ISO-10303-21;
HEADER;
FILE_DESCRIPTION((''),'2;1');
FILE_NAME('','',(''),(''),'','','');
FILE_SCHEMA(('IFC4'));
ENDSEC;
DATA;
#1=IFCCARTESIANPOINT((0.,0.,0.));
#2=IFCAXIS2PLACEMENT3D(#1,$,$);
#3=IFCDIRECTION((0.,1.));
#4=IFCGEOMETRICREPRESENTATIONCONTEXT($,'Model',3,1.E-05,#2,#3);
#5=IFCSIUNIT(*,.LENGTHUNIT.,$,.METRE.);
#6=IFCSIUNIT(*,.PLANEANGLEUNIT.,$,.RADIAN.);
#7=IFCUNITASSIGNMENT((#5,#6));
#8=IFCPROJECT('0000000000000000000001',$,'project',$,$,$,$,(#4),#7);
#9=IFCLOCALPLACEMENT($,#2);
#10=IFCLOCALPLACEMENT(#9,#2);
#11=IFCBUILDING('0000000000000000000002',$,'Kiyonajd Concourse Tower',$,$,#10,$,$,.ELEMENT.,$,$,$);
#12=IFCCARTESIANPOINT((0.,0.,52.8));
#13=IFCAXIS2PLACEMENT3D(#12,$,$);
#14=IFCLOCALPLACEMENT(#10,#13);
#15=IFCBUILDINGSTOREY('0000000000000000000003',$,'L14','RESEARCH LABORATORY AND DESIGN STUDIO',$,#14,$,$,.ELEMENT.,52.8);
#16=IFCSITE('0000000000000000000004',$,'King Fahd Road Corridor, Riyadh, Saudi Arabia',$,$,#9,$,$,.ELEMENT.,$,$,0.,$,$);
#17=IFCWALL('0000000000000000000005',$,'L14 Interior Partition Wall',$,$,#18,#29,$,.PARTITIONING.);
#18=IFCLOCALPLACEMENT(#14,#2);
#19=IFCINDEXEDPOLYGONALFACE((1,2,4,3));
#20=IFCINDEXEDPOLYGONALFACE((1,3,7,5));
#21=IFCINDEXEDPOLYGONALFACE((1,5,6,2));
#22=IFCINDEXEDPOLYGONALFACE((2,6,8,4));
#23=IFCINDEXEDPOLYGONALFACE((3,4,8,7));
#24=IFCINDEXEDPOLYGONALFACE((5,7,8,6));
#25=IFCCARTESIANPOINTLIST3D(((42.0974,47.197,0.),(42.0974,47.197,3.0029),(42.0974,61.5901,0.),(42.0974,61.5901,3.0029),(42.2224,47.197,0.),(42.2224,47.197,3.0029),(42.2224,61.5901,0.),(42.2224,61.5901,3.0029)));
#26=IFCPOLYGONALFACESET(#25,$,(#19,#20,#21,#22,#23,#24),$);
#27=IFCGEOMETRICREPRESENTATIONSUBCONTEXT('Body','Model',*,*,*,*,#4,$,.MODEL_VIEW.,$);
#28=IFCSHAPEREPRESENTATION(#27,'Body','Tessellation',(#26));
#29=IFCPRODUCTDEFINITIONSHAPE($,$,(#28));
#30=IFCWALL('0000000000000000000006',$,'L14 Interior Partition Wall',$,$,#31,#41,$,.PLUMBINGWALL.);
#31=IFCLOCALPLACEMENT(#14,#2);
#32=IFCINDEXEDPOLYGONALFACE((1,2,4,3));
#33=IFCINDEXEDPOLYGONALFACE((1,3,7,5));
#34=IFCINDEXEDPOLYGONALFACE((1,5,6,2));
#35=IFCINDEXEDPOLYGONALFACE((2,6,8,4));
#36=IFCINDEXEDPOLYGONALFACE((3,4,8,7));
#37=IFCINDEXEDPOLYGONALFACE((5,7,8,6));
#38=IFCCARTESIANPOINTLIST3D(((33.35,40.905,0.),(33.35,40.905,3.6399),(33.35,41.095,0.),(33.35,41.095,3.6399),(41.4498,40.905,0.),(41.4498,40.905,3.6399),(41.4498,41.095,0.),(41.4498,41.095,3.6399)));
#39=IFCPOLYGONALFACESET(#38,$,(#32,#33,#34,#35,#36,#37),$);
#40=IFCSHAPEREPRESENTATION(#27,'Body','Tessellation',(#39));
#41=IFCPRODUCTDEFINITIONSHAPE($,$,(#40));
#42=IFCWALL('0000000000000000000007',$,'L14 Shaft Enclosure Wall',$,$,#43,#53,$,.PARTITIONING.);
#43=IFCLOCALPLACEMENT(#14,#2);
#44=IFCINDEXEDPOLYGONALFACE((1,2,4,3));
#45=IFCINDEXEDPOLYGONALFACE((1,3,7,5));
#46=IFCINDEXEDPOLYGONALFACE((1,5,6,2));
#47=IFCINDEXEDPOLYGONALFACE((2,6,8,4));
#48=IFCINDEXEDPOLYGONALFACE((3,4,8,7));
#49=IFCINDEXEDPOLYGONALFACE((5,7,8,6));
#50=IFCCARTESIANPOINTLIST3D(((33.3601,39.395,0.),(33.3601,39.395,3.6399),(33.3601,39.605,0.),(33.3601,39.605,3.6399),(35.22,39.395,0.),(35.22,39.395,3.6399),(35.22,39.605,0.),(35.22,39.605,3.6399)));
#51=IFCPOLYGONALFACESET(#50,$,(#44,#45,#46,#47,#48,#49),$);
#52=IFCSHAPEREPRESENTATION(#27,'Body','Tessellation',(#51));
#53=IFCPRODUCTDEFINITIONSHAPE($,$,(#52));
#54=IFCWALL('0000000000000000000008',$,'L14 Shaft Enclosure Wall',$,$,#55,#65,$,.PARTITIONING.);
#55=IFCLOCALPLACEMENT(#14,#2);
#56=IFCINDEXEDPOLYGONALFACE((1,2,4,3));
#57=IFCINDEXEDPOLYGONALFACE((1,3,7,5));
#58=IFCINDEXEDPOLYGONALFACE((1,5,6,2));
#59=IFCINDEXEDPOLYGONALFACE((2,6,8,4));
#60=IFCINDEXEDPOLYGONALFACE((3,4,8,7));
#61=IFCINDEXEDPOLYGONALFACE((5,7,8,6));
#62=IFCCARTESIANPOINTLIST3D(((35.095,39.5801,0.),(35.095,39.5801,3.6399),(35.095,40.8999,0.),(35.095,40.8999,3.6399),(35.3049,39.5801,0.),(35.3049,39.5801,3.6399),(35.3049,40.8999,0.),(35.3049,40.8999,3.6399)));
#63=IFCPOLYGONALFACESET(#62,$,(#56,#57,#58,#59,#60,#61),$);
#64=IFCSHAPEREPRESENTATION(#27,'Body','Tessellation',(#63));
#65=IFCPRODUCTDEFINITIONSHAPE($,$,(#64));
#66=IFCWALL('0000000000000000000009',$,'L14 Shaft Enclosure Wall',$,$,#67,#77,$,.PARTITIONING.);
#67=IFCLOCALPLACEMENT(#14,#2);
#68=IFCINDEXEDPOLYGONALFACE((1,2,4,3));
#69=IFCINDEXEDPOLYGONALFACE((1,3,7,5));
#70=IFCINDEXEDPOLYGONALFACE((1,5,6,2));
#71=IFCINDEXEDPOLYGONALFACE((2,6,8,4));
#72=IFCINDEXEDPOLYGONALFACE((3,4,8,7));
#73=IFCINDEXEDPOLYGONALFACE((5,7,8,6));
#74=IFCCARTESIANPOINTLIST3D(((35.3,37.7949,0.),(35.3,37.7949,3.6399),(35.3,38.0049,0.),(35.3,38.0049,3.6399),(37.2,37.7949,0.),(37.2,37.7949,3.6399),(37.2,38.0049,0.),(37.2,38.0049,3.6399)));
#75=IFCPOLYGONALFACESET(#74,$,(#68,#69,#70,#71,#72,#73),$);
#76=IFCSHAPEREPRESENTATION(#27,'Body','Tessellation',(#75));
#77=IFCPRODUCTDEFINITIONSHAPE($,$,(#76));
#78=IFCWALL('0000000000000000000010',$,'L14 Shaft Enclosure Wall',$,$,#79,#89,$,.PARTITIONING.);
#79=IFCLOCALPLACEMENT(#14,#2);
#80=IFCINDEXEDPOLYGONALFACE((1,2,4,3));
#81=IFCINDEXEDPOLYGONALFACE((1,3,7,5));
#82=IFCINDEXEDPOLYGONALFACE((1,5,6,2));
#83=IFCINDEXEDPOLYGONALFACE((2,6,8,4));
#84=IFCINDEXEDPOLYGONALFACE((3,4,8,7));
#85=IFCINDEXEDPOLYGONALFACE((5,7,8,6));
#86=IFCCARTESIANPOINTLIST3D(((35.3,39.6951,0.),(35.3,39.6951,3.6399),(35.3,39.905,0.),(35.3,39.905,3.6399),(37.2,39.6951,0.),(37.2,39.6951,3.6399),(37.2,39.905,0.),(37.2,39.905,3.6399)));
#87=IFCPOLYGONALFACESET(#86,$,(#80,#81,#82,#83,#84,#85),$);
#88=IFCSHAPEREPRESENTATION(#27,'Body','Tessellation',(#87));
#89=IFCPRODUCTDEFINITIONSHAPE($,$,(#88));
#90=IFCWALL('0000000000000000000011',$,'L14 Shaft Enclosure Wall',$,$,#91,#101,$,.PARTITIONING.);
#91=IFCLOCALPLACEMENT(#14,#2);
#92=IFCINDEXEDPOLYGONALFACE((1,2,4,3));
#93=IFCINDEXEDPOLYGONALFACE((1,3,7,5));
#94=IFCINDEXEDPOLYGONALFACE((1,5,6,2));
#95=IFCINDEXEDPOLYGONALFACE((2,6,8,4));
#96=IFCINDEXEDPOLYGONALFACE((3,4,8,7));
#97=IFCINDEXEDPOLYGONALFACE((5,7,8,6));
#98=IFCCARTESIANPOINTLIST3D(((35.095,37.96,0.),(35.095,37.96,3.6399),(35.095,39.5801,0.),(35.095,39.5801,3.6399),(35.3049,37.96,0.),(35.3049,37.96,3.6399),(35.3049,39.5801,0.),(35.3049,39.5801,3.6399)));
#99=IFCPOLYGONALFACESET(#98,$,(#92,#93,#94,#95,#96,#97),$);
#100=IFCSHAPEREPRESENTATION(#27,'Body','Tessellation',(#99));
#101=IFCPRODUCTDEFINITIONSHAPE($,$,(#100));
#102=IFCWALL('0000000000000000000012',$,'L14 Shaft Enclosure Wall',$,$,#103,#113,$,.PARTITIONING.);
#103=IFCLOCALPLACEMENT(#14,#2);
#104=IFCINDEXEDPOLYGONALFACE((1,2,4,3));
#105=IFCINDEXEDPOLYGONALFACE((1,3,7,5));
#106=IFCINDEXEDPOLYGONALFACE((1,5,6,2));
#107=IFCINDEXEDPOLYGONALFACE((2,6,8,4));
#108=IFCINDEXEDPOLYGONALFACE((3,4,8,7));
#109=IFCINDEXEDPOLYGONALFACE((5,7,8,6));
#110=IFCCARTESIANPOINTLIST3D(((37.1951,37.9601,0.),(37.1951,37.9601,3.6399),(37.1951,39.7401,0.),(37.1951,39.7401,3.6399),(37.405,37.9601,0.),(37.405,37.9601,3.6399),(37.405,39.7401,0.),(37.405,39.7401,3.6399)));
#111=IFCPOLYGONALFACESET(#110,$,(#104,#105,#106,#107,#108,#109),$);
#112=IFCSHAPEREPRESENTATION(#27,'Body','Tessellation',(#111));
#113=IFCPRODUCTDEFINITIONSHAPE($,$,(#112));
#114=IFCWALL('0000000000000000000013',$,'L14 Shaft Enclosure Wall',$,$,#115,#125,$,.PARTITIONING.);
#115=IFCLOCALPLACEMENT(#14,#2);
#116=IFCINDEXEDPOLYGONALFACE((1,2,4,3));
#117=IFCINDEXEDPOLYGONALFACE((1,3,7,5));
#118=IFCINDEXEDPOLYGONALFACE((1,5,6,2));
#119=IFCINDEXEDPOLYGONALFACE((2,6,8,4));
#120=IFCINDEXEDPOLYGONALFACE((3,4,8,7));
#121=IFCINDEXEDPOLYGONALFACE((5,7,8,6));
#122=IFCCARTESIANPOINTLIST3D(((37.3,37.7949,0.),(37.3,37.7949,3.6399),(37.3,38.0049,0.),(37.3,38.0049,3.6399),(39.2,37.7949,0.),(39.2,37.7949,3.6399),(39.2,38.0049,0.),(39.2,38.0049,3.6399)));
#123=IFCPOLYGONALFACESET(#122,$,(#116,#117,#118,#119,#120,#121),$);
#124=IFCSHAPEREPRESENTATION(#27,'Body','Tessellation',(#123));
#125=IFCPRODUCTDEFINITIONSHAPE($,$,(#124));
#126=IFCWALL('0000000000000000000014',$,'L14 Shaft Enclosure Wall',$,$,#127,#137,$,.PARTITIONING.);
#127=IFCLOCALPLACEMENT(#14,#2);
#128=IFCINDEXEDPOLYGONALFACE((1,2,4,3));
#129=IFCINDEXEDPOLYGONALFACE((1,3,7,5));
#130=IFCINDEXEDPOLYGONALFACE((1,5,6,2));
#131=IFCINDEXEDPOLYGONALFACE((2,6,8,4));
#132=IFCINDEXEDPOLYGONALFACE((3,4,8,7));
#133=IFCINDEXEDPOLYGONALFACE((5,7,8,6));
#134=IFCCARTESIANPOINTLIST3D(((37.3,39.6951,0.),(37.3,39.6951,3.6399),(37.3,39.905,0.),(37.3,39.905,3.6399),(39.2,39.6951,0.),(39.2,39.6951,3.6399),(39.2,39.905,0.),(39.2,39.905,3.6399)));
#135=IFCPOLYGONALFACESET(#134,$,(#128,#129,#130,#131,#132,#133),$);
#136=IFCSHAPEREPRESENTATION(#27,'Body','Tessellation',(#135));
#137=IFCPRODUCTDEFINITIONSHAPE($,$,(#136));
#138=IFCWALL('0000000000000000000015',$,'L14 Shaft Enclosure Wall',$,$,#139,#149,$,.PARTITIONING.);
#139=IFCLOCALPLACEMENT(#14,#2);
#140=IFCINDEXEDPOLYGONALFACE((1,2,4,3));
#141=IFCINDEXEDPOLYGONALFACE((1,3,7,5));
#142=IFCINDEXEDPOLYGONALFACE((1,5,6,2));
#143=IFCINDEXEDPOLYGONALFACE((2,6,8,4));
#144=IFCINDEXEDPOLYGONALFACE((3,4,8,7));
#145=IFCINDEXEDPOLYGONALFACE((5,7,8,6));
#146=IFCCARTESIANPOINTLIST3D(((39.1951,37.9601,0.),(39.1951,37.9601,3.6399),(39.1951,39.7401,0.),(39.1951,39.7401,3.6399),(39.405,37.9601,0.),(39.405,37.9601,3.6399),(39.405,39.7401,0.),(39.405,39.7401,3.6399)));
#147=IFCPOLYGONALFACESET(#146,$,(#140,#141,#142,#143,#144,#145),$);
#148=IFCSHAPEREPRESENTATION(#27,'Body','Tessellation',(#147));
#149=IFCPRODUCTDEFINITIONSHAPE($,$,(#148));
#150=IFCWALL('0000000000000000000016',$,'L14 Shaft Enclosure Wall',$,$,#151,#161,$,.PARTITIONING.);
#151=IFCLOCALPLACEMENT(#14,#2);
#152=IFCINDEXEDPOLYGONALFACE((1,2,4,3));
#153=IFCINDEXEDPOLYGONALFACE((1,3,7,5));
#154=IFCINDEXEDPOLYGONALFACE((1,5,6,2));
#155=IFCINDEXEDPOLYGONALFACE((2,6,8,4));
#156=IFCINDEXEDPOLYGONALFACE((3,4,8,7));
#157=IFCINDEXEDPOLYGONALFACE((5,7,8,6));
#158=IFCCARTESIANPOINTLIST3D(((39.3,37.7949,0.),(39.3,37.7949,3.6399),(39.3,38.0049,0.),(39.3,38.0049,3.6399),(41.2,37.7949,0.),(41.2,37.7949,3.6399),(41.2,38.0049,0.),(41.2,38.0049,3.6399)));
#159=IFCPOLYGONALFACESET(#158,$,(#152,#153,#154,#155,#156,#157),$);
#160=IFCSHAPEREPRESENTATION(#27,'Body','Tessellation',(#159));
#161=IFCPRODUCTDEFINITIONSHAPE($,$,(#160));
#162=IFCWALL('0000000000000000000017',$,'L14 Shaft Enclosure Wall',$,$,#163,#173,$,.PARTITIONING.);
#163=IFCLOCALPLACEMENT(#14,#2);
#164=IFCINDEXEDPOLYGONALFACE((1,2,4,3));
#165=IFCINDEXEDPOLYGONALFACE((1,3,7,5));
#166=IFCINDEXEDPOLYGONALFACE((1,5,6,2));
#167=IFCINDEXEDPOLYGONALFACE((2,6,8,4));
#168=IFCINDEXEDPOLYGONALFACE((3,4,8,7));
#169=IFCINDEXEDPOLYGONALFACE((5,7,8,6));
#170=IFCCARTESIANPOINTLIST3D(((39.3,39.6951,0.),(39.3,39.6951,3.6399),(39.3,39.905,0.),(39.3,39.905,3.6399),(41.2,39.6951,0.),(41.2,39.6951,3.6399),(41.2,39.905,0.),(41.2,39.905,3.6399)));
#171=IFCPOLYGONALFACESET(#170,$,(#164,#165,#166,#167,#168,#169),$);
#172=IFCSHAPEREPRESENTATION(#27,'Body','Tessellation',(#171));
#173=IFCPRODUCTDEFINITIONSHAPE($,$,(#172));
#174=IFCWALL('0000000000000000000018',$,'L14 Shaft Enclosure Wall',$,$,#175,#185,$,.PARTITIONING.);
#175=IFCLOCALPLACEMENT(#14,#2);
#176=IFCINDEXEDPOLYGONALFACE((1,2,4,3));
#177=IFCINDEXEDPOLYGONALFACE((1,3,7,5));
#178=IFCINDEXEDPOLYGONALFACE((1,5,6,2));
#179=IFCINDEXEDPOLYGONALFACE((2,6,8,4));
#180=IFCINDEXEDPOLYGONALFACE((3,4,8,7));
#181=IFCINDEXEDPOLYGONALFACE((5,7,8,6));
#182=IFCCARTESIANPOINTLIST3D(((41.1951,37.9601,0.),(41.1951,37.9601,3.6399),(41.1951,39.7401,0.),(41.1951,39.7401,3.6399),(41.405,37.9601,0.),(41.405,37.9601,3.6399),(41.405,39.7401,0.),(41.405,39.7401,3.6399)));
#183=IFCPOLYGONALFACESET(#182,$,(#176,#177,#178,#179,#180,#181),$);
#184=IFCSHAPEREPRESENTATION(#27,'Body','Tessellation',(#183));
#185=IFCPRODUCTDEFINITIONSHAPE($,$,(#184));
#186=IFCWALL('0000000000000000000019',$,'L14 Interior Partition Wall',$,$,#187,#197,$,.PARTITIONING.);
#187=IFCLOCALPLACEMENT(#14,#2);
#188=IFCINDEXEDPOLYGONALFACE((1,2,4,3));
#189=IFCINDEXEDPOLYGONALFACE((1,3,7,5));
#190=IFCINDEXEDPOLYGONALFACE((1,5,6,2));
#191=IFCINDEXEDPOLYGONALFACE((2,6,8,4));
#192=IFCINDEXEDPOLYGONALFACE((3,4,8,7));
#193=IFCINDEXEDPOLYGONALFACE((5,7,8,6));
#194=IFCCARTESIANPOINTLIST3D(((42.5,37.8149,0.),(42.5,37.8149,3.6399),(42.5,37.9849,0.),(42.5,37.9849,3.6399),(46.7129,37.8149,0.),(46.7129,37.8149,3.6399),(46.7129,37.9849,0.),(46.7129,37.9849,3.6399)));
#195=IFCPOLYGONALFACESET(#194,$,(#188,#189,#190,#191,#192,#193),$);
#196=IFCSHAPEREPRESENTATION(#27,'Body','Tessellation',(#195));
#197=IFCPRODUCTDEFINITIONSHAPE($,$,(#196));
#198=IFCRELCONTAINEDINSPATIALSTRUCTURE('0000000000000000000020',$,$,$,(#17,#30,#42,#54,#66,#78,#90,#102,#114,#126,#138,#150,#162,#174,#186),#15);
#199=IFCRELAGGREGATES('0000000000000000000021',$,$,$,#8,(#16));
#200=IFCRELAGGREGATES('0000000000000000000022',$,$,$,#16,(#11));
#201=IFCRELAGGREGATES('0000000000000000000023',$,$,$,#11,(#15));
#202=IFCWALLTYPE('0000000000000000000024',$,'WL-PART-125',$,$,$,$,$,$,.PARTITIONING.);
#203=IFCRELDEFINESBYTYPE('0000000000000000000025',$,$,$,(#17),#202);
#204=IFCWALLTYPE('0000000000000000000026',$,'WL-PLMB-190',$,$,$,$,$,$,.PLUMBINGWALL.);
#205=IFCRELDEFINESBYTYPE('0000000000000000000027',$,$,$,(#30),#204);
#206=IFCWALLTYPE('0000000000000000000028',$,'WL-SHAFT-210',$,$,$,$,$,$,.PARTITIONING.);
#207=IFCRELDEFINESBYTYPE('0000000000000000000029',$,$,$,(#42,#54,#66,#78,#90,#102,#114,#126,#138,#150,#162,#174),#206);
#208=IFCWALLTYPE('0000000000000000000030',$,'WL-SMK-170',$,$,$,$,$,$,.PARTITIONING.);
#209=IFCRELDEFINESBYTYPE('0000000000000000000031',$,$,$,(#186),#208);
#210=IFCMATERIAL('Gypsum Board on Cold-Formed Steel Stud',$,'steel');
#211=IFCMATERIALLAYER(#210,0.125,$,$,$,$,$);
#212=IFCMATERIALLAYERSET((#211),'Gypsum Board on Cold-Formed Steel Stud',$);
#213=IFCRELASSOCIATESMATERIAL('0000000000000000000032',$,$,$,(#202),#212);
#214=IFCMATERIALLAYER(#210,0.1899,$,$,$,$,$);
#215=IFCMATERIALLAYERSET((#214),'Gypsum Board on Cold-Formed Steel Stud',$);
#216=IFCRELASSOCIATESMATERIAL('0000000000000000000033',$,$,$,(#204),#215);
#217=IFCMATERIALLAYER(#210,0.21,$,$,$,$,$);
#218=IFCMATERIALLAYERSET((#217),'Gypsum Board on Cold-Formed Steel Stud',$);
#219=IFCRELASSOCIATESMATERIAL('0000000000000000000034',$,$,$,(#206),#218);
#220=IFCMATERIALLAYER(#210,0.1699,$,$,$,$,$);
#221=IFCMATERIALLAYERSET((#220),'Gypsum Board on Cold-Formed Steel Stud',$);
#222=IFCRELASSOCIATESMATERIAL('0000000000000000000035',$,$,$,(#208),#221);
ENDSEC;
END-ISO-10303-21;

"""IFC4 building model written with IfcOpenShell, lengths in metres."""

from ifc_helpers import new_model, si_unit, direction, frame, frame_2d, origin, place, context, subcontext, project, spatial, rectangle, extrude, material, layer, layer_set, type_object, element, save


model = new_model("IFC4")

# Units and contexts
model_context = context("Model", 3, precision=1e-05, world=origin(), true_north=direction((0.0, 1.0)))
body_context = subcontext(model_context, "Body", "Model", "MODEL_VIEW")
ifc_project = project(units=[si_unit("LENGTHUNIT", "METRE"), si_unit("PLANEANGLEUNIT", "RADIAN")], contexts=[model_context])

# Site, building, storey
site_placement = place(None, origin())
site = spatial("IfcSite", under=ifc_project, at=site_placement, Name="King Fahd Road Corridor, Riyadh, Saudi Arabia", CompositionType="ELEMENT", RefElevation=0.0)
building_placement = place(site_placement, origin())
building = spatial("IfcBuilding", under=site, at=building_placement, Name="Kiyonajd Concourse Tower", CompositionType="ELEMENT")
storey_placement = place(building_placement, frame((0.0, 0.0, 52.8)))
storey = spatial("IfcBuildingStorey", under=building, at=storey_placement, Name="L14", Description="RESEARCH LABORATORY AND DESIGN STUDIO", CompositionType="ELEMENT", Elevation=52.8)

# Walls
ifc_material_1 = material(Name="Gypsum Board on Cold-Formed Steel Stud", Category="steel")
ifc_layer_1 = layer(ifc_material_1, 0.125)
ifc_layer_set_1 = layer_set([ifc_layer_1], Name="Gypsum Board on Cold-Formed Steel Stud")
wall_type_1 = type_object("IfcWallType", Name="WL-PART-125", PredefinedType="PARTITIONING", material=ifc_layer_set_1)
wall_1_placement = place(storey_placement, frame((42.1599, 47.197, 0.0), z_axis=(0.0, 0.0, 1.0), x_axis=(0.0, 1.0, 0.0)))
element("IfcWall", 1, at=wall_1_placement, inside=storey, type_object=wall_type_1, Name="L14 Interior Partition Wall", PredefinedType="PARTITIONING", context=body_context, shape_type="SweptSolid", body=[
    extrude(rectangle(XDim=14.3931, YDim=0.125, at=frame_2d((7.1965, 0.0))), origin(), (0.0, 0.0, 1.0), 3.0029),
])
ifc_layer_2 = layer(ifc_material_1, 0.1899)
ifc_layer_set_2 = layer_set([ifc_layer_2], Name="Gypsum Board on Cold-Formed Steel Stud")
wall_type_2 = type_object("IfcWallType", Name="WL-PLMB-190", PredefinedType="PLUMBINGWALL", material=ifc_layer_set_2)
wall_2_placement = place(storey_placement, frame((33.3501, 41.0, 0.0), z_axis=(0.0, 0.0, 1.0), x_axis=(1.0, 0.0, 0.0)))
element("IfcWall", 2, at=wall_2_placement, inside=storey, type_object=wall_type_2, Name="L14 Interior Partition Wall", PredefinedType="PLUMBINGWALL", context=body_context, shape_type="SweptSolid", body=[
    extrude(rectangle(XDim=8.0999, YDim=0.1899, at=frame_2d((4.0498, 0.0))), origin(), (0.0, 0.0, 1.0), 3.6399),
])
ifc_layer_3 = layer(ifc_material_1, 0.21)
ifc_layer_set_3 = layer_set([ifc_layer_3], Name="Gypsum Board on Cold-Formed Steel Stud")
wall_type_3 = type_object("IfcWallType", Name="WL-SHAFT-210", PredefinedType="PARTITIONING", material=ifc_layer_set_3)
wall_3_placement = place(storey_placement, frame((33.3601, 39.5, 0.0), z_axis=(0.0, 0.0, 1.0), x_axis=(1.0, 0.0, 0.0)))
element("IfcWall", 3, at=wall_3_placement, inside=storey, type_object=wall_type_3, Name="L14 Shaft Enclosure Wall", PredefinedType="PARTITIONING", context=body_context, shape_type="SweptSolid", body=[
    extrude(rectangle(XDim=1.8599, YDim=0.21, at=frame_2d((0.9299, 0.0))), origin(), (0.0, 0.0, 1.0), 3.6399),
])
wall_4_placement = place(storey_placement, frame((35.2, 39.5801, 0.0), z_axis=(0.0, 0.0, 1.0), x_axis=(0.0, 1.0, 0.0)))
element("IfcWall", 4, at=wall_4_placement, inside=storey, type_object=wall_type_3, Name="L14 Shaft Enclosure Wall", PredefinedType="PARTITIONING", context=body_context, shape_type="SweptSolid", body=[
    extrude(rectangle(XDim=1.3198, YDim=0.21, at=frame_2d((0.6599, 0.0))), origin(), (0.0, 0.0, 1.0), 3.6399),
])
for number, where, z_axis, x_axis, name in (
    (5, (35.3, 37.8999, 0.0), (0.0, 0.0, 1.0), (1.0, 0.0, 0.0), "L14 Shaft Enclosure Wall"),
    (6, (35.3, 39.8, 0.0), (0.0, 0.0, 1.0), (1.0, 0.0, 0.0), "L14 Shaft Enclosure Wall"),
):
    element("IfcWall", number, at=place(storey_placement, frame(where, z_axis=z_axis, x_axis=x_axis)), inside=storey, type_object=wall_type_3, Name=name, PredefinedType="PARTITIONING", context=body_context, shape_type="SweptSolid", body=[
        extrude(rectangle(XDim=1.8999, YDim=0.21, at=frame_2d((0.95, 0.0))), origin(), (0.0, 0.0, 1.0), 3.6399),
    ])
wall_5_placement = place(storey_placement, frame((35.2, 37.96, 0.0), z_axis=(0.0, 0.0, 1.0), x_axis=(0.0, 1.0, 0.0)))
element("IfcWall", 7, at=wall_5_placement, inside=storey, type_object=wall_type_3, Name="L14 Shaft Enclosure Wall", PredefinedType="PARTITIONING", context=body_context, shape_type="SweptSolid", body=[
    extrude(rectangle(XDim=1.6201, YDim=0.21, at=frame_2d((0.8101, 0.0))), origin(), (0.0, 0.0, 1.0), 3.6399),
])
wall_6_placement = place(storey_placement, frame((37.3, 37.96, 0.0), z_axis=(0.0, 0.0, 1.0), x_axis=(0.0, 1.0, 0.0)))
element("IfcWall", 8, at=wall_6_placement, inside=storey, type_object=wall_type_3, Name="L14 Shaft Enclosure Wall", PredefinedType="PARTITIONING", context=body_context, shape_type="SweptSolid", body=[
    extrude(rectangle(XDim=1.78, YDim=0.21, at=frame_2d((0.8901, 0.0))), origin(), (0.0, 0.0, 1.0), 3.6399),
])
for number, where, z_axis, x_axis, name in (
    (9, (37.3, 37.8999, 0.0), (0.0, 0.0, 1.0), (1.0, 0.0, 0.0), "L14 Shaft Enclosure Wall"),
    (10, (37.3, 39.8, 0.0), (0.0, 0.0, 1.0), (1.0, 0.0, 0.0), "L14 Shaft Enclosure Wall"),
):
    element("IfcWall", number, at=place(storey_placement, frame(where, z_axis=z_axis, x_axis=x_axis)), inside=storey, type_object=wall_type_3, Name=name, PredefinedType="PARTITIONING", context=body_context, shape_type="SweptSolid", body=[
        extrude(rectangle(XDim=1.8999, YDim=0.21, at=frame_2d((0.95, 0.0))), origin(), (0.0, 0.0, 1.0), 3.6399),
    ])
wall_7_placement = place(storey_placement, frame((39.3, 37.96, 0.0), z_axis=(0.0, 0.0, 1.0), x_axis=(0.0, 1.0, 0.0)))
element("IfcWall", 11, at=wall_7_placement, inside=storey, type_object=wall_type_3, Name="L14 Shaft Enclosure Wall", PredefinedType="PARTITIONING", context=body_context, shape_type="SweptSolid", body=[
    extrude(rectangle(XDim=1.78, YDim=0.21, at=frame_2d((0.8901, 0.0))), origin(), (0.0, 0.0, 1.0), 3.6399),
])
for number, where, z_axis, x_axis, name in (
    (12, (39.3, 37.8999, 0.0), (0.0, 0.0, 1.0), (1.0, 0.0, 0.0), "L14 Shaft Enclosure Wall"),
    (13, (39.3, 39.8, 0.0), (0.0, 0.0, 1.0), (1.0, 0.0, 0.0), "L14 Shaft Enclosure Wall"),
):
    element("IfcWall", number, at=place(storey_placement, frame(where, z_axis=z_axis, x_axis=x_axis)), inside=storey, type_object=wall_type_3, Name=name, PredefinedType="PARTITIONING", context=body_context, shape_type="SweptSolid", body=[
        extrude(rectangle(XDim=1.8999, YDim=0.21, at=frame_2d((0.95, 0.0))), origin(), (0.0, 0.0, 1.0), 3.6399),
    ])
wall_8_placement = place(storey_placement, frame((41.3, 37.96, 0.0), z_axis=(0.0, 0.0, 1.0), x_axis=(0.0, 1.0, 0.0)))
element("IfcWall", 14, at=wall_8_placement, inside=storey, type_object=wall_type_3, Name="L14 Shaft Enclosure Wall", PredefinedType="PARTITIONING", context=body_context, shape_type="SweptSolid", body=[
    extrude(rectangle(XDim=1.78, YDim=0.21, at=frame_2d((0.8901, 0.0))), origin(), (0.0, 0.0, 1.0), 3.6399),
])
ifc_layer_4 = layer(ifc_material_1, 0.1699)
ifc_layer_set_4 = layer_set([ifc_layer_4], Name="Gypsum Board on Cold-Formed Steel Stud")
wall_type_4 = type_object("IfcWallType", Name="WL-SMK-170", PredefinedType="PARTITIONING", material=ifc_layer_set_4)
wall_9_placement = place(storey_placement, frame((42.5, 37.8999, 0.0), z_axis=(0.0, 0.0, 1.0), x_axis=(1.0, 0.0, 0.0)))
element("IfcWall", 15, at=wall_9_placement, inside=storey, type_object=wall_type_4, Name="L14 Interior Partition Wall", PredefinedType="PARTITIONING", context=body_context, shape_type="SweptSolid", body=[
    extrude(rectangle(XDim=4.2129, YDim=0.1699, at=frame_2d((2.1064, 0.0))), origin(), (0.0, 0.0, 1.0), 3.6399),
])

save(model, "model.ifc")
